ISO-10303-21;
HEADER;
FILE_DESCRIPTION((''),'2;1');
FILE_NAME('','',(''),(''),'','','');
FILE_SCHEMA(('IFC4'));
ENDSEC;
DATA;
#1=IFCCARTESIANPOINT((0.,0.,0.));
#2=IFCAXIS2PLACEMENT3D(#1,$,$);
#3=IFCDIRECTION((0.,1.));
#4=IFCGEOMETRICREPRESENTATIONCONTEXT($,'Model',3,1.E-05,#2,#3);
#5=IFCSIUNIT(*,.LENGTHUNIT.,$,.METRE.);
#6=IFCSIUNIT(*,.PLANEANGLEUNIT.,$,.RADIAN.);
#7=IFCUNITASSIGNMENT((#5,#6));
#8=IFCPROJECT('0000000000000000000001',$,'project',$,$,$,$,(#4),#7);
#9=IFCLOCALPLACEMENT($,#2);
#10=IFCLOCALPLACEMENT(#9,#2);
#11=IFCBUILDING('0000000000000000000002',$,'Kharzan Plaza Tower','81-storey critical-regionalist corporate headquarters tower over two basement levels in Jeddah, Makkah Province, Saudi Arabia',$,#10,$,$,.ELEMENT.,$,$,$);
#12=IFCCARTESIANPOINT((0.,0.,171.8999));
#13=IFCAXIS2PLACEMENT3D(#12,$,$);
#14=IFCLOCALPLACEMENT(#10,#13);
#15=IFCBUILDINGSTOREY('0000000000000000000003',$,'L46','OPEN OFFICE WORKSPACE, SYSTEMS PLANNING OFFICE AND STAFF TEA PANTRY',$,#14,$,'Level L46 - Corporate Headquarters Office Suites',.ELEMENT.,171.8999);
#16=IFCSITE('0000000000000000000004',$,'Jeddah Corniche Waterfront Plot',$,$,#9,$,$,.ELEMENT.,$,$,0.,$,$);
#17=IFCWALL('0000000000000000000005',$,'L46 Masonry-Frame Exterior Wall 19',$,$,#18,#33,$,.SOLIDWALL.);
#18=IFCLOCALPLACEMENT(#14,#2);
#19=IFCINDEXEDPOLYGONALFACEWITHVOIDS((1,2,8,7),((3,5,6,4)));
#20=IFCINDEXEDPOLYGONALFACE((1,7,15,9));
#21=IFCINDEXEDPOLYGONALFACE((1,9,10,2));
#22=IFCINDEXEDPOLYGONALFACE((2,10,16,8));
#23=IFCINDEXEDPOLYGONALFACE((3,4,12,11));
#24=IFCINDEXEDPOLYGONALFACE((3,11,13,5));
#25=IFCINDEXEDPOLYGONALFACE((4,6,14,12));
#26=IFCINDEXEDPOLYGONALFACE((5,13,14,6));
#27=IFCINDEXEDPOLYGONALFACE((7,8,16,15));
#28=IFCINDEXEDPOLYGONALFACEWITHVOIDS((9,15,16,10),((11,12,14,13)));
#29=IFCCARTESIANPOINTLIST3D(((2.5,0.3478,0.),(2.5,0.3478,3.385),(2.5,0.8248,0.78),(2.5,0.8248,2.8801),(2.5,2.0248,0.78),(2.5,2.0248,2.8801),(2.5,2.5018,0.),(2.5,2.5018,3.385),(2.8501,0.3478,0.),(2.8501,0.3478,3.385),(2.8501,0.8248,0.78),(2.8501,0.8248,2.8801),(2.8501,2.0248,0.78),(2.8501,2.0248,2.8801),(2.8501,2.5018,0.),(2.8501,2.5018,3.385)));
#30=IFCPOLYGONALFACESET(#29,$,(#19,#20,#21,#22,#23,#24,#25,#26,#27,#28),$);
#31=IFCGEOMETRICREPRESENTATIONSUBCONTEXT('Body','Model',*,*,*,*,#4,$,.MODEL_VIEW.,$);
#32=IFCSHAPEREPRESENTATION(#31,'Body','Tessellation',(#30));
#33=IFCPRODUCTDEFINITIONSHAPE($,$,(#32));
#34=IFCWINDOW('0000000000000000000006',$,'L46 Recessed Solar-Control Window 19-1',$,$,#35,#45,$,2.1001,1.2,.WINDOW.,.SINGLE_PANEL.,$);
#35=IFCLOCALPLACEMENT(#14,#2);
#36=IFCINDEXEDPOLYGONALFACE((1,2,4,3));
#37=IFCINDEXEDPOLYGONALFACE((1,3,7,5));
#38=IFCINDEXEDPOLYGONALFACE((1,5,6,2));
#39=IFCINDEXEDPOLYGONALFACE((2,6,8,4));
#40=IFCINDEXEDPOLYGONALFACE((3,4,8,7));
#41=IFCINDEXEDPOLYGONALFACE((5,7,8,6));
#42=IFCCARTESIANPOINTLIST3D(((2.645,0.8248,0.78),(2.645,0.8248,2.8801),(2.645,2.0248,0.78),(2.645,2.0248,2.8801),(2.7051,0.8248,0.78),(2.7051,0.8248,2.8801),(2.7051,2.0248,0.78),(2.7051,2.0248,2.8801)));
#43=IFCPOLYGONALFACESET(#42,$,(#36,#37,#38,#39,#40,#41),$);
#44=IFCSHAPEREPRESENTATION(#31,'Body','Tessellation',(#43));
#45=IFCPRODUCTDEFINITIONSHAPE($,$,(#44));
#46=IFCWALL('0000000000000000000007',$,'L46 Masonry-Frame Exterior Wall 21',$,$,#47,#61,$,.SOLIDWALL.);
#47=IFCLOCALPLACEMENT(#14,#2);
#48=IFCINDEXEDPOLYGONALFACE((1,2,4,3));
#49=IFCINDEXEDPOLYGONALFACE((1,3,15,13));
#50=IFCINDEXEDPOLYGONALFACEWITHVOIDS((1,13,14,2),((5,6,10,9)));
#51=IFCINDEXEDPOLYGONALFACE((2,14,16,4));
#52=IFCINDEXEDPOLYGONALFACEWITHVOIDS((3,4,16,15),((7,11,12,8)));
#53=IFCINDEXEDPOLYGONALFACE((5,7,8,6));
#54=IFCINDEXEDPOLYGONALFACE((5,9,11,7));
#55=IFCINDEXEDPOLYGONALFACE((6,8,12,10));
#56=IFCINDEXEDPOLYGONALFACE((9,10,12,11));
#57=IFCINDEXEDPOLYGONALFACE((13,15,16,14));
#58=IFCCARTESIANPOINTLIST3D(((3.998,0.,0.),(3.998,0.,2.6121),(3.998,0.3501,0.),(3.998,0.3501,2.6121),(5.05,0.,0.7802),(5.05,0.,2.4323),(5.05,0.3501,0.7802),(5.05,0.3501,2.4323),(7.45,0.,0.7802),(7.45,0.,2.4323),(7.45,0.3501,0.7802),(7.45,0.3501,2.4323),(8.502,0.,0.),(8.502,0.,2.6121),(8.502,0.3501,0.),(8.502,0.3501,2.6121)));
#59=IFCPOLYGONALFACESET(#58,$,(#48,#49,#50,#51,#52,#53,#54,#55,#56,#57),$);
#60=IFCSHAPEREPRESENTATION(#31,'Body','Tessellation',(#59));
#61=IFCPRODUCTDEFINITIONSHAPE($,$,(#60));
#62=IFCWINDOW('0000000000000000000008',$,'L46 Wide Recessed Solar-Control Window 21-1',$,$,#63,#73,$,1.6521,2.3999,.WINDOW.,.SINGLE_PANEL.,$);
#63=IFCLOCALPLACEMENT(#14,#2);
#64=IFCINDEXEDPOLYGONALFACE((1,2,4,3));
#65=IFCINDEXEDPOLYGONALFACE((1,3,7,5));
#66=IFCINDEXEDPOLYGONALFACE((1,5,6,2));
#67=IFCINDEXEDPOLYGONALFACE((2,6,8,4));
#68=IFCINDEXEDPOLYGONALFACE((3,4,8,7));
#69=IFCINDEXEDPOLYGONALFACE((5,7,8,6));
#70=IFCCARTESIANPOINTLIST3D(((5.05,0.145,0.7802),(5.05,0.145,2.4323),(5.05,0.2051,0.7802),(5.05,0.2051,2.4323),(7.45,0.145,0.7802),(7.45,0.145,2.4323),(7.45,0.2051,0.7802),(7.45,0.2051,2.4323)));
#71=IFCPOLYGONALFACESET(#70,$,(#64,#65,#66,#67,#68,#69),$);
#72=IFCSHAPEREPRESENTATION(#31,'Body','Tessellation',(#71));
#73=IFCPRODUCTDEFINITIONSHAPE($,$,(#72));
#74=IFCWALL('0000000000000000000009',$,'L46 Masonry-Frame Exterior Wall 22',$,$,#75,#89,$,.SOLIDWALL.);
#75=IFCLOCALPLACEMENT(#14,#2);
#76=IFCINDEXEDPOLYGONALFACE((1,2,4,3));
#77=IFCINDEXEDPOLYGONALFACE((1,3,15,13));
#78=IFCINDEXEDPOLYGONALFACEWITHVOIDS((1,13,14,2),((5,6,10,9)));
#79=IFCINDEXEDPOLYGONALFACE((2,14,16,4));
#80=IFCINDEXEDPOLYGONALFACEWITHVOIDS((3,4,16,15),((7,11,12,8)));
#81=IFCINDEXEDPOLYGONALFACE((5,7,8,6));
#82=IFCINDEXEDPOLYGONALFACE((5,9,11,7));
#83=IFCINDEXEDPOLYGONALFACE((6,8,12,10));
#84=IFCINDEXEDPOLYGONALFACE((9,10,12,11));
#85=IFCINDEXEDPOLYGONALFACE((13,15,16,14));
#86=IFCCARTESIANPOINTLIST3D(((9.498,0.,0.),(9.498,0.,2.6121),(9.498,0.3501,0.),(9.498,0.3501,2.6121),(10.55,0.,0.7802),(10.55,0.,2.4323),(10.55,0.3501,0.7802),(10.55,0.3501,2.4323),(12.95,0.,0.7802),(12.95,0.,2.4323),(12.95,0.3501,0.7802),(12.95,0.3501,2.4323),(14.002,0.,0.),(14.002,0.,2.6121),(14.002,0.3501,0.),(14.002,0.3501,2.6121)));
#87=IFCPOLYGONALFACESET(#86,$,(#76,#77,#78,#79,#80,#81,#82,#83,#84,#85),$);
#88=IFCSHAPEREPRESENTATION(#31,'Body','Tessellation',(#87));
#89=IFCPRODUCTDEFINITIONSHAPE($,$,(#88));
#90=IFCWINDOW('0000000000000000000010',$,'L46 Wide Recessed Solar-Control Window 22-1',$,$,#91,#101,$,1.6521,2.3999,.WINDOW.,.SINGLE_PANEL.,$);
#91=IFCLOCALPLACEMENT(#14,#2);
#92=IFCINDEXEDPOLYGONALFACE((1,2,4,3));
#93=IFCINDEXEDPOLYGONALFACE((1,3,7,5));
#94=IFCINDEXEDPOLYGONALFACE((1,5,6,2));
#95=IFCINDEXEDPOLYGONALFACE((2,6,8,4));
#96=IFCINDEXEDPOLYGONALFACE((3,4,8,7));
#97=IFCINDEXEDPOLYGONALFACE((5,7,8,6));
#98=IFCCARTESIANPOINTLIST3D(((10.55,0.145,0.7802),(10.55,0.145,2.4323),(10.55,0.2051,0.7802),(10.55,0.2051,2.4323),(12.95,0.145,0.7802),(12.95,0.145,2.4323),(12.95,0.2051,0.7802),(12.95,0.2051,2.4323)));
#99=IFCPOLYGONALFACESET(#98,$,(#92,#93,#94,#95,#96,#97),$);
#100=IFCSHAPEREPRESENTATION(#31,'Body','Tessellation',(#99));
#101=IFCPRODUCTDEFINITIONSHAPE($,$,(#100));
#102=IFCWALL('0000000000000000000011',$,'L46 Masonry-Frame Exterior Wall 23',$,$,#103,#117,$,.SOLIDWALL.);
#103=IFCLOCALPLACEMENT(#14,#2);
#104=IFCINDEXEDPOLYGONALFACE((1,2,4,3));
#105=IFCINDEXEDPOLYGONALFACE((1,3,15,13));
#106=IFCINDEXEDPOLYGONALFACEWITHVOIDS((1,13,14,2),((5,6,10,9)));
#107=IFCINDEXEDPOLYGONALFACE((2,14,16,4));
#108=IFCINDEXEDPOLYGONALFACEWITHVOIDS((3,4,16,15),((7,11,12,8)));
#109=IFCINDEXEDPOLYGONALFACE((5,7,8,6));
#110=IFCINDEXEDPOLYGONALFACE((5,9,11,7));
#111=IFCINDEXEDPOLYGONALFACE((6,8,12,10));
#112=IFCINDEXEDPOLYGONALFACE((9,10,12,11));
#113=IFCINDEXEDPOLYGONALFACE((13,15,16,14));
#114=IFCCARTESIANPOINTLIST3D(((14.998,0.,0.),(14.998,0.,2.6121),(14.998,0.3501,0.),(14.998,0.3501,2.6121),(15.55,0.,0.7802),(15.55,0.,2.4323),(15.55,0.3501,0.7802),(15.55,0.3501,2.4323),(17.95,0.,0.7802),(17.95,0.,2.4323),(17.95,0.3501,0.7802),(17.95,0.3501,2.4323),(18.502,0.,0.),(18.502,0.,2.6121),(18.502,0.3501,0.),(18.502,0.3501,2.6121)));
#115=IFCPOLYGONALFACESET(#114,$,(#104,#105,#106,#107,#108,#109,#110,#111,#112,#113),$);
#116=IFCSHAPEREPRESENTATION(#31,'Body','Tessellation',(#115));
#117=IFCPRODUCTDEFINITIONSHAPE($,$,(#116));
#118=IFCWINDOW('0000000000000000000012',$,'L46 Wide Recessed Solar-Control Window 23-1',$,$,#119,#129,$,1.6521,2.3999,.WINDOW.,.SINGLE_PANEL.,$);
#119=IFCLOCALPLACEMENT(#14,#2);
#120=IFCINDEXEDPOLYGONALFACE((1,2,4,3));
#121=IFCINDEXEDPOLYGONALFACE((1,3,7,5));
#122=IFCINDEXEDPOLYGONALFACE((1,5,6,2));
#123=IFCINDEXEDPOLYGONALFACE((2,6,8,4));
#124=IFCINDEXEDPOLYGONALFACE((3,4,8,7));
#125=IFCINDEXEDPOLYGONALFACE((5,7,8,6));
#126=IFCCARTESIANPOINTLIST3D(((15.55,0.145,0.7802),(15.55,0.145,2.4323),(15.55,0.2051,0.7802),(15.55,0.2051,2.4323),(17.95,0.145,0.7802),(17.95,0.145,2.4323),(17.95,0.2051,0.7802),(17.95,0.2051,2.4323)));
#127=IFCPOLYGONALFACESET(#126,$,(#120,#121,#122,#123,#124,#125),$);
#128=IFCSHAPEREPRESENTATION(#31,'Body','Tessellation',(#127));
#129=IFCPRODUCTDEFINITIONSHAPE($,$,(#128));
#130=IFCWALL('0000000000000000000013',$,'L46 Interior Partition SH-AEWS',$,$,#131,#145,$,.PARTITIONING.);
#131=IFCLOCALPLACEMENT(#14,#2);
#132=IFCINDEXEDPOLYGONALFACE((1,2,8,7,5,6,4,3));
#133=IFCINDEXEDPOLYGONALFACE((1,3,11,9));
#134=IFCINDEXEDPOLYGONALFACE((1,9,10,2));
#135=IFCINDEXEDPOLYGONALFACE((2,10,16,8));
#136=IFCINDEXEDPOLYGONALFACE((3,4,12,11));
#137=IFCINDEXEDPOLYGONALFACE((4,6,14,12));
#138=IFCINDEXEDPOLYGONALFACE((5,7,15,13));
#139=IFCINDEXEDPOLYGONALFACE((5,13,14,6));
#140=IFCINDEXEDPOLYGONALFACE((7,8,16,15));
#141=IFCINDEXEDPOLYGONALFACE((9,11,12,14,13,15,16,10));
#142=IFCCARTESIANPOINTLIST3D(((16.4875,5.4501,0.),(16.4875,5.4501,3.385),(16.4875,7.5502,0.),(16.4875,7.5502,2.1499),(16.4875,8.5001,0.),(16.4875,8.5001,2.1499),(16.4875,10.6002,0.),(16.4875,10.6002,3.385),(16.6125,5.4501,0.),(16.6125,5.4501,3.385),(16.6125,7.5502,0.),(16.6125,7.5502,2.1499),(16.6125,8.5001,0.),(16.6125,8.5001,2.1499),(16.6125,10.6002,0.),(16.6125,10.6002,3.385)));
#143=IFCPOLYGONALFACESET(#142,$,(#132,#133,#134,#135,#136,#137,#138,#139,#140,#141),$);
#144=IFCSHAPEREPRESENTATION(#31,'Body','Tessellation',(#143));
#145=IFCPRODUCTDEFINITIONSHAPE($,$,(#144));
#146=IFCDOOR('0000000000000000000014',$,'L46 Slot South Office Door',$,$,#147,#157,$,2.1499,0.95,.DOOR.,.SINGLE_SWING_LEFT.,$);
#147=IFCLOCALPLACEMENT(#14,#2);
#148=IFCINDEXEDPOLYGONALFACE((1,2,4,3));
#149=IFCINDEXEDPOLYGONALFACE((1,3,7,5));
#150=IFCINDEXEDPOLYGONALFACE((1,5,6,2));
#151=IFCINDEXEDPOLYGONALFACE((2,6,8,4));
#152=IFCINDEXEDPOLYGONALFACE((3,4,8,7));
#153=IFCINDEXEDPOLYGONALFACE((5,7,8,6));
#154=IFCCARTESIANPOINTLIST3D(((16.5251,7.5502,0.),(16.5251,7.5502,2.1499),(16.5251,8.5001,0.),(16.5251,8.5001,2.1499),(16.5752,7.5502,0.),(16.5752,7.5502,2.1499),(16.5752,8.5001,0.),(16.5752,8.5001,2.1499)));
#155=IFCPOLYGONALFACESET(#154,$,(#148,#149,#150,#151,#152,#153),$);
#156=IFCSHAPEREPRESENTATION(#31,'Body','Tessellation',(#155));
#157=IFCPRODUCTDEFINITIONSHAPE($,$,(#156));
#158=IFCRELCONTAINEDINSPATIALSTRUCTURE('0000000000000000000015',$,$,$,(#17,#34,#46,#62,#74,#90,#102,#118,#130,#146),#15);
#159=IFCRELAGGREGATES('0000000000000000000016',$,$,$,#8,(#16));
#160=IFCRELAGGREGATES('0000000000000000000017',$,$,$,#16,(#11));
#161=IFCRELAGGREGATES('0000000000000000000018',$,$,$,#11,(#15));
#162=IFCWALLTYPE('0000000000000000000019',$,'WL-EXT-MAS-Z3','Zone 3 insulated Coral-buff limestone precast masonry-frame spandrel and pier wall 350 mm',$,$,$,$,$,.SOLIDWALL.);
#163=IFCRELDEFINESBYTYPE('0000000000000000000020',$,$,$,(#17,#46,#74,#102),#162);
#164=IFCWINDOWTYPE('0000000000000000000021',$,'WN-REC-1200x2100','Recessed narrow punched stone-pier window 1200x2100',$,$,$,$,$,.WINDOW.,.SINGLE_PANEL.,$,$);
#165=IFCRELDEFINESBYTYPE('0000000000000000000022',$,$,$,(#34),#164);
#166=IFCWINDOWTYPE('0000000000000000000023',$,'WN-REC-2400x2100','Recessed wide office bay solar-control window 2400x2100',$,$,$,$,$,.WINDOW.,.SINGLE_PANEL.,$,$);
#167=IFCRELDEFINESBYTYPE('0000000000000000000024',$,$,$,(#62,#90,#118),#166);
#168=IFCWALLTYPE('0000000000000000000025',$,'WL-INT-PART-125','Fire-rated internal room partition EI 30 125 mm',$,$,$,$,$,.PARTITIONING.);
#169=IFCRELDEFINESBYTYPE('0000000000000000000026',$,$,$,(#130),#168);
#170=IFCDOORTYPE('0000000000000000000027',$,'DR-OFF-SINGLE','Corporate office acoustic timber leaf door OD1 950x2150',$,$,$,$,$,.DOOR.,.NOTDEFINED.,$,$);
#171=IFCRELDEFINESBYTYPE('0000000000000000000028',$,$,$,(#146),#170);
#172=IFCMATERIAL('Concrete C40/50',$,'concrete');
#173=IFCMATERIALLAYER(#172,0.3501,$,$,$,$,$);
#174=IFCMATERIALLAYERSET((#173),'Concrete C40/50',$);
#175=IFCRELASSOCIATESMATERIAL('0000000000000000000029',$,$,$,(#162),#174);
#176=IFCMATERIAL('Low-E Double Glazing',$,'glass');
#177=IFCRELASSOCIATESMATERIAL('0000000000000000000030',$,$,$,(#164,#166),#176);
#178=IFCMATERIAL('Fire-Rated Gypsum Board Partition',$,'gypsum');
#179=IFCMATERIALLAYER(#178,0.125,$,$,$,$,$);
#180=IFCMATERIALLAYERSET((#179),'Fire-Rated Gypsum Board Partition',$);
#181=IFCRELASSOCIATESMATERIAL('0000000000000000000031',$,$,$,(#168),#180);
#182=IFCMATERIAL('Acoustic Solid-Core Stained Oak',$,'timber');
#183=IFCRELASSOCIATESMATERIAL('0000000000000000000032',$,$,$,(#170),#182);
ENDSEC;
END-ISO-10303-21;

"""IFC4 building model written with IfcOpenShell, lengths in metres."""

from ifc_helpers import new_model, si_unit, direction, frame, frame_2d, origin, place, context, subcontext, project, spatial, rectangle, extrude, source, transform, mapped, material, layer, layer_set, type_object, element, fill, save


model = new_model("IFC4")

# Units and contexts
model_context = context("Model", 3, precision=1e-05, world=origin(), true_north=direction((0.0, 1.0)))
body_context = subcontext(model_context, "Body", "Model", "MODEL_VIEW")
ifc_project = project(units=[si_unit("LENGTHUNIT", "METRE"), si_unit("PLANEANGLEUNIT", "RADIAN")], contexts=[model_context])

# Site, building, storey
site_placement = place(None, origin())
site = spatial("IfcSite", under=ifc_project, at=site_placement, Name="Jeddah Corniche Waterfront Plot", CompositionType="ELEMENT", RefElevation=0.0)
building_placement = place(site_placement, origin())
building = spatial("IfcBuilding", under=site, at=building_placement, Name="Kharzan Plaza Tower", Description="81-storey critical-regionalist corporate headquarters tower over two basement levels in Jeddah, Makkah Province, Saudi Arabia", CompositionType="ELEMENT")
storey_placement = place(building_placement, frame((0.0, 0.0, 171.8999)))
storey = spatial("IfcBuildingStorey", under=building, at=storey_placement, Name="L46", Description="OPEN OFFICE WORKSPACE, SYSTEMS PLANNING OFFICE AND STAFF TEA PANTRY", LongName="Level L46 - Corporate Headquarters Office Suites", CompositionType="ELEMENT", Elevation=171.8999)

# Walls, openings, windows
ifc_material_1 = material(Name="Concrete C40/50", Category="concrete")
ifc_layer_1 = layer(ifc_material_1, 0.3501)
ifc_layer_set_1 = layer_set([ifc_layer_1], Name="Concrete C40/50")
wall_type_1 = type_object("IfcWallType", Name="WL-EXT-MAS-Z3", Description="Zone 3 insulated Coral-buff limestone precast masonry-frame spandrel and pier wall 350 mm", PredefinedType="SOLIDWALL", material=ifc_layer_set_1)
wall_1_placement = place(storey_placement, frame((2.675, 2.502, 0.0), z_axis=(0.0, 0.0, 1.0), x_axis=(0.0, -1.0, 0.0)))
wall_1 = element("IfcWall", 1, at=wall_1_placement, inside=storey, type_object=wall_type_1, Name="L46 Masonry-Frame Exterior Wall 19", PredefinedType="SOLIDWALL", context=body_context, shape_type="SweptSolid", body=[
    extrude(rectangle(XDim=2.1541, YDim=0.3501, at=frame_2d((1.0771, 0.0))), origin(), (0.0, 0.0, 1.0), 3.385),
])
opening_1_placement = place(wall_1_placement, frame((0.4771, 0.0, 0.78)))
opening_1 = element("IfcOpeningElement", 2, at=opening_1_placement, cuts=wall_1, PredefinedType="OPENING", context=body_context, shape_type="SweptSolid", body=[
    extrude(rectangle(XDim=1.2, YDim=2.1001, at=frame_2d((0.6001, 1.05))), frame((0.0, 0.1851, 0.0), z_axis=(0.0, -1.0, 0.0), x_axis=(1.0, 0.0, 0.0)), (0.0, 0.0, 1.0), 0.3701),
])
ifc_material_2 = material(Name="Low-E Double Glazing", Category="glass")
window_type_1 = type_object("IfcWindowType", Name="WN-REC-1200x2100", Description="Recessed narrow punched stone-pier window 1200x2100", PartitioningType="SINGLE_PANEL", PredefinedType="WINDOW", material=ifc_material_2)
shared_shape_1 = source(origin(), body_context, "Body", "SweptSolid", [
    extrude(rectangle(XDim=1.2, YDim=2.1001, at=frame_2d((0.6001, 1.05))), frame((0.0, 0.03, 0.0), z_axis=(0.0, -1.0, 0.0), x_axis=(1.0, 0.0, 0.0)), (0.0, 0.0, 1.0), 0.0601),
])
window_1_placement = place(opening_1_placement, origin())
window_1 = element("IfcWindow", 3, at=window_1_placement, inside=storey, type_object=window_type_1, Name="L46 Recessed Solar-Control Window 19-1", OverallHeight=2.1001, OverallWidth=1.2, PartitioningType="SINGLE_PANEL", PredefinedType="WINDOW", context=body_context, shape_type="MappedRepresentation", body=[
    mapped(shared_shape_1, transform((0.0, 0.0, 0.0), x_axis=(1.0, 0.0, 0.0), y_axis=(0.0, 1.0, 0.0), z_axis=(0.0, 0.0, 1.0))),
])
fill(opening_1, window_1)
wall_2_placement = place(storey_placement, frame((3.998, 0.175, 0.0), z_axis=(0.0, 0.0, 1.0), x_axis=(1.0, 0.0, 0.0)))
wall_2 = element("IfcWall", 4, at=wall_2_placement, inside=storey, type_object=wall_type_1, Name="L46 Masonry-Frame Exterior Wall 21", PredefinedType="SOLIDWALL", context=body_context, shape_type="SweptSolid", body=[
    extrude(rectangle(XDim=4.5039, YDim=0.3501, at=frame_2d((2.252, 0.0))), origin(), (0.0, 0.0, 1.0), 2.6121),
])
opening_2_placement = place(wall_2_placement, frame((1.052, 0.0, 0.78)))
opening_2 = element("IfcOpeningElement", 5, at=opening_2_placement, cuts=wall_2, PredefinedType="OPENING", context=body_context, shape_type="SweptSolid", body=[
    extrude(rectangle(XDim=2.3999, YDim=1.6521, at=frame_2d((1.2, 0.8262))), frame((0.0, 0.1851, 0.0), z_axis=(0.0, -1.0, 0.0), x_axis=(1.0, 0.0, 0.0)), (0.0, 0.0, 1.0), 0.3701),
])
window_type_2 = type_object("IfcWindowType", Name="WN-REC-2400x2100", Description="Recessed wide office bay solar-control window 2400x2100", PartitioningType="SINGLE_PANEL", PredefinedType="WINDOW", material=ifc_material_2)
shared_shape_2 = source(origin(), body_context, "Body", "SweptSolid", [
    extrude(rectangle(XDim=2.3999, YDim=1.6521, at=frame_2d((1.2, 0.8262))), frame((0.0, 0.03, 0.0), z_axis=(0.0, -1.0, 0.0), x_axis=(1.0, 0.0, 0.0)), (0.0, 0.0, 1.0), 0.0601),
])
window_2_placement = place(opening_2_placement, origin())
window_2 = element("IfcWindow", 6, at=window_2_placement, inside=storey, type_object=window_type_2, Name="L46 Wide Recessed Solar-Control Window 21-1", OverallHeight=1.6521, OverallWidth=2.3999, PartitioningType="SINGLE_PANEL", PredefinedType="WINDOW", context=body_context, shape_type="MappedRepresentation", body=[
    mapped(shared_shape_2, transform((0.0, 0.0, 0.0), x_axis=(1.0, 0.0, 0.0), y_axis=(0.0, 1.0, 0.0), z_axis=(0.0, 0.0, 1.0))),
])
fill(opening_2, window_2)
wall_3_placement = place(storey_placement, frame((9.498, 0.175, 0.0), z_axis=(0.0, 0.0, 1.0), x_axis=(1.0, 0.0, 0.0)))
wall_3 = element("IfcWall", 7, at=wall_3_placement, inside=storey, type_object=wall_type_1, Name="L46 Masonry-Frame Exterior Wall 22", PredefinedType="SOLIDWALL", context=body_context, shape_type="SweptSolid", body=[
    extrude(rectangle(XDim=4.5039, YDim=0.3501, at=frame_2d((2.252, 0.0))), origin(), (0.0, 0.0, 1.0), 2.6121),
])
opening_3_placement = place(wall_3_placement, frame((1.052, 0.0, 0.78)))
opening_3 = element("IfcOpeningElement", 8, at=opening_3_placement, cuts=wall_3, PredefinedType="OPENING", context=body_context, shape_type="SweptSolid", body=[
    extrude(rectangle(XDim=2.3999, YDim=1.6521, at=frame_2d((1.2, 0.8262))), frame((0.0, 0.1851, 0.0), z_axis=(0.0, -1.0, 0.0), x_axis=(1.0, 0.0, 0.0)), (0.0, 0.0, 1.0), 0.3701),
])
window_3_placement = place(opening_3_placement, origin())
window_3 = element("IfcWindow", 9, at=window_3_placement, inside=storey, type_object=window_type_2, Name="L46 Wide Recessed Solar-Control Window 22-1", OverallHeight=1.6521, OverallWidth=2.3999, PartitioningType="SINGLE_PANEL", PredefinedType="WINDOW", context=body_context, shape_type="MappedRepresentation", body=[
    mapped(shared_shape_2, transform((0.0, 0.0, 0.0), x_axis=(1.0, 0.0, 0.0), y_axis=(0.0, 1.0, 0.0), z_axis=(0.0, 0.0, 1.0))),
])
fill(opening_3, window_3)
wall_4_placement = place(storey_placement, frame((14.998, 0.175, 0.0), z_axis=(0.0, 0.0, 1.0), x_axis=(1.0, 0.0, 0.0)))
wall_4 = element("IfcWall", 10, at=wall_4_placement, inside=storey, type_object=wall_type_1, Name="L46 Masonry-Frame Exterior Wall 23", PredefinedType="SOLIDWALL", context=body_context, shape_type="SweptSolid", body=[
    extrude(rectangle(XDim=3.5039, YDim=0.3501, at=frame_2d((1.752, 0.0))), origin(), (0.0, 0.0, 1.0), 2.6121),
])
opening_4_placement = place(wall_4_placement, frame((0.552, 0.0, 0.78)))
opening_4 = element("IfcOpeningElement", 11, at=opening_4_placement, cuts=wall_4, PredefinedType="OPENING", context=body_context, shape_type="SweptSolid", body=[
    extrude(rectangle(XDim=2.3999, YDim=1.6521, at=frame_2d((1.2, 0.8262))), frame((0.0, 0.1851, 0.0), z_axis=(0.0, -1.0, 0.0), x_axis=(1.0, 0.0, 0.0)), (0.0, 0.0, 1.0), 0.3701),
])
window_4_placement = place(opening_4_placement, origin())
window_4 = element("IfcWindow", 12, at=window_4_placement, inside=storey, type_object=window_type_2, Name="L46 Wide Recessed Solar-Control Window 23-1", OverallHeight=1.6521, OverallWidth=2.3999, PartitioningType="SINGLE_PANEL", PredefinedType="WINDOW", context=body_context, shape_type="MappedRepresentation", body=[
    mapped(shared_shape_2, transform((0.0, 0.0, 0.0), x_axis=(1.0, 0.0, 0.0), y_axis=(0.0, 1.0, 0.0), z_axis=(0.0, 0.0, 1.0))),
])
fill(opening_4, window_4)

# Wall, opening, door
ifc_material_3 = material(Name="Fire-Rated Gypsum Board Partition", Category="gypsum")
ifc_layer_2 = layer(ifc_material_3, 0.125)
ifc_layer_set_2 = layer_set([ifc_layer_2], Name="Fire-Rated Gypsum Board Partition")
wall_type_2 = type_object("IfcWallType", Name="WL-INT-PART-125", Description="Fire-rated internal room partition EI 30 125 mm", PredefinedType="PARTITIONING", material=ifc_layer_set_2)
wall_5_placement = place(storey_placement, frame((16.55, 5.45, 0.0), z_axis=(0.0, 0.0, 1.0), x_axis=(0.0, 1.0, 0.0)))
wall_5 = element("IfcWall", 13, at=wall_5_placement, inside=storey, type_object=wall_type_2, Name="L46 Interior Partition SH-AEWS", PredefinedType="PARTITIONING", context=body_context, shape_type="SweptSolid", body=[
    extrude(rectangle(XDim=5.1501, YDim=0.125, at=frame_2d((2.5752, 0.0))), origin(), (0.0, 0.0, 1.0), 3.385),
])
opening_5_placement = place(wall_5_placement, frame((2.1001, 0.0, 0.0)))
opening_5 = element("IfcOpeningElement", 14, at=opening_5_placement, cuts=wall_5, PredefinedType="OPENING", context=body_context, shape_type="SweptSolid", body=[
    extrude(rectangle(XDim=0.95, YDim=2.1499, at=frame_2d((0.4751, 1.075))), frame((0.0, 0.0725, 0.0), z_axis=(0.0, -1.0, 0.0), x_axis=(1.0, 0.0, 0.0)), (0.0, 0.0, 1.0), 0.145),
])
ifc_material_4 = material(Name="Acoustic Solid-Core Stained Oak", Category="timber")
door_type = type_object("IfcDoorType", Name="DR-OFF-SINGLE", Description="Corporate office acoustic timber leaf door OD1 950x2150", OperationType="NOTDEFINED", PredefinedType="DOOR", material=ifc_material_4)
shared_shape_3 = source(origin(), body_context, "Body", "SweptSolid", [
    extrude(rectangle(XDim=0.95, YDim=2.1499, at=frame_2d((0.4751, 1.075))), frame((0.0, 0.0249, 0.0), z_axis=(0.0, -1.0, 0.0), x_axis=(1.0, 0.0, 0.0)), (0.0, 0.0, 1.0), 0.05),
])
door_placement = place(opening_5_placement, origin())
door = element("IfcDoor", 15, at=door_placement, inside=storey, type_object=door_type, Name="L46 Slot South Office Door", OperationType="SINGLE_SWING_LEFT", OverallHeight=2.1499, OverallWidth=0.95, PredefinedType="DOOR", context=body_context, shape_type="MappedRepresentation", body=[
    mapped(shared_shape_3, transform((0.0, 0.0, 0.0), x_axis=(1.0, 0.0, 0.0), y_axis=(0.0, 1.0, 0.0), z_axis=(0.0, 0.0, 1.0))),
])
fill(opening_5, door)

save(model, "model.ifc")
